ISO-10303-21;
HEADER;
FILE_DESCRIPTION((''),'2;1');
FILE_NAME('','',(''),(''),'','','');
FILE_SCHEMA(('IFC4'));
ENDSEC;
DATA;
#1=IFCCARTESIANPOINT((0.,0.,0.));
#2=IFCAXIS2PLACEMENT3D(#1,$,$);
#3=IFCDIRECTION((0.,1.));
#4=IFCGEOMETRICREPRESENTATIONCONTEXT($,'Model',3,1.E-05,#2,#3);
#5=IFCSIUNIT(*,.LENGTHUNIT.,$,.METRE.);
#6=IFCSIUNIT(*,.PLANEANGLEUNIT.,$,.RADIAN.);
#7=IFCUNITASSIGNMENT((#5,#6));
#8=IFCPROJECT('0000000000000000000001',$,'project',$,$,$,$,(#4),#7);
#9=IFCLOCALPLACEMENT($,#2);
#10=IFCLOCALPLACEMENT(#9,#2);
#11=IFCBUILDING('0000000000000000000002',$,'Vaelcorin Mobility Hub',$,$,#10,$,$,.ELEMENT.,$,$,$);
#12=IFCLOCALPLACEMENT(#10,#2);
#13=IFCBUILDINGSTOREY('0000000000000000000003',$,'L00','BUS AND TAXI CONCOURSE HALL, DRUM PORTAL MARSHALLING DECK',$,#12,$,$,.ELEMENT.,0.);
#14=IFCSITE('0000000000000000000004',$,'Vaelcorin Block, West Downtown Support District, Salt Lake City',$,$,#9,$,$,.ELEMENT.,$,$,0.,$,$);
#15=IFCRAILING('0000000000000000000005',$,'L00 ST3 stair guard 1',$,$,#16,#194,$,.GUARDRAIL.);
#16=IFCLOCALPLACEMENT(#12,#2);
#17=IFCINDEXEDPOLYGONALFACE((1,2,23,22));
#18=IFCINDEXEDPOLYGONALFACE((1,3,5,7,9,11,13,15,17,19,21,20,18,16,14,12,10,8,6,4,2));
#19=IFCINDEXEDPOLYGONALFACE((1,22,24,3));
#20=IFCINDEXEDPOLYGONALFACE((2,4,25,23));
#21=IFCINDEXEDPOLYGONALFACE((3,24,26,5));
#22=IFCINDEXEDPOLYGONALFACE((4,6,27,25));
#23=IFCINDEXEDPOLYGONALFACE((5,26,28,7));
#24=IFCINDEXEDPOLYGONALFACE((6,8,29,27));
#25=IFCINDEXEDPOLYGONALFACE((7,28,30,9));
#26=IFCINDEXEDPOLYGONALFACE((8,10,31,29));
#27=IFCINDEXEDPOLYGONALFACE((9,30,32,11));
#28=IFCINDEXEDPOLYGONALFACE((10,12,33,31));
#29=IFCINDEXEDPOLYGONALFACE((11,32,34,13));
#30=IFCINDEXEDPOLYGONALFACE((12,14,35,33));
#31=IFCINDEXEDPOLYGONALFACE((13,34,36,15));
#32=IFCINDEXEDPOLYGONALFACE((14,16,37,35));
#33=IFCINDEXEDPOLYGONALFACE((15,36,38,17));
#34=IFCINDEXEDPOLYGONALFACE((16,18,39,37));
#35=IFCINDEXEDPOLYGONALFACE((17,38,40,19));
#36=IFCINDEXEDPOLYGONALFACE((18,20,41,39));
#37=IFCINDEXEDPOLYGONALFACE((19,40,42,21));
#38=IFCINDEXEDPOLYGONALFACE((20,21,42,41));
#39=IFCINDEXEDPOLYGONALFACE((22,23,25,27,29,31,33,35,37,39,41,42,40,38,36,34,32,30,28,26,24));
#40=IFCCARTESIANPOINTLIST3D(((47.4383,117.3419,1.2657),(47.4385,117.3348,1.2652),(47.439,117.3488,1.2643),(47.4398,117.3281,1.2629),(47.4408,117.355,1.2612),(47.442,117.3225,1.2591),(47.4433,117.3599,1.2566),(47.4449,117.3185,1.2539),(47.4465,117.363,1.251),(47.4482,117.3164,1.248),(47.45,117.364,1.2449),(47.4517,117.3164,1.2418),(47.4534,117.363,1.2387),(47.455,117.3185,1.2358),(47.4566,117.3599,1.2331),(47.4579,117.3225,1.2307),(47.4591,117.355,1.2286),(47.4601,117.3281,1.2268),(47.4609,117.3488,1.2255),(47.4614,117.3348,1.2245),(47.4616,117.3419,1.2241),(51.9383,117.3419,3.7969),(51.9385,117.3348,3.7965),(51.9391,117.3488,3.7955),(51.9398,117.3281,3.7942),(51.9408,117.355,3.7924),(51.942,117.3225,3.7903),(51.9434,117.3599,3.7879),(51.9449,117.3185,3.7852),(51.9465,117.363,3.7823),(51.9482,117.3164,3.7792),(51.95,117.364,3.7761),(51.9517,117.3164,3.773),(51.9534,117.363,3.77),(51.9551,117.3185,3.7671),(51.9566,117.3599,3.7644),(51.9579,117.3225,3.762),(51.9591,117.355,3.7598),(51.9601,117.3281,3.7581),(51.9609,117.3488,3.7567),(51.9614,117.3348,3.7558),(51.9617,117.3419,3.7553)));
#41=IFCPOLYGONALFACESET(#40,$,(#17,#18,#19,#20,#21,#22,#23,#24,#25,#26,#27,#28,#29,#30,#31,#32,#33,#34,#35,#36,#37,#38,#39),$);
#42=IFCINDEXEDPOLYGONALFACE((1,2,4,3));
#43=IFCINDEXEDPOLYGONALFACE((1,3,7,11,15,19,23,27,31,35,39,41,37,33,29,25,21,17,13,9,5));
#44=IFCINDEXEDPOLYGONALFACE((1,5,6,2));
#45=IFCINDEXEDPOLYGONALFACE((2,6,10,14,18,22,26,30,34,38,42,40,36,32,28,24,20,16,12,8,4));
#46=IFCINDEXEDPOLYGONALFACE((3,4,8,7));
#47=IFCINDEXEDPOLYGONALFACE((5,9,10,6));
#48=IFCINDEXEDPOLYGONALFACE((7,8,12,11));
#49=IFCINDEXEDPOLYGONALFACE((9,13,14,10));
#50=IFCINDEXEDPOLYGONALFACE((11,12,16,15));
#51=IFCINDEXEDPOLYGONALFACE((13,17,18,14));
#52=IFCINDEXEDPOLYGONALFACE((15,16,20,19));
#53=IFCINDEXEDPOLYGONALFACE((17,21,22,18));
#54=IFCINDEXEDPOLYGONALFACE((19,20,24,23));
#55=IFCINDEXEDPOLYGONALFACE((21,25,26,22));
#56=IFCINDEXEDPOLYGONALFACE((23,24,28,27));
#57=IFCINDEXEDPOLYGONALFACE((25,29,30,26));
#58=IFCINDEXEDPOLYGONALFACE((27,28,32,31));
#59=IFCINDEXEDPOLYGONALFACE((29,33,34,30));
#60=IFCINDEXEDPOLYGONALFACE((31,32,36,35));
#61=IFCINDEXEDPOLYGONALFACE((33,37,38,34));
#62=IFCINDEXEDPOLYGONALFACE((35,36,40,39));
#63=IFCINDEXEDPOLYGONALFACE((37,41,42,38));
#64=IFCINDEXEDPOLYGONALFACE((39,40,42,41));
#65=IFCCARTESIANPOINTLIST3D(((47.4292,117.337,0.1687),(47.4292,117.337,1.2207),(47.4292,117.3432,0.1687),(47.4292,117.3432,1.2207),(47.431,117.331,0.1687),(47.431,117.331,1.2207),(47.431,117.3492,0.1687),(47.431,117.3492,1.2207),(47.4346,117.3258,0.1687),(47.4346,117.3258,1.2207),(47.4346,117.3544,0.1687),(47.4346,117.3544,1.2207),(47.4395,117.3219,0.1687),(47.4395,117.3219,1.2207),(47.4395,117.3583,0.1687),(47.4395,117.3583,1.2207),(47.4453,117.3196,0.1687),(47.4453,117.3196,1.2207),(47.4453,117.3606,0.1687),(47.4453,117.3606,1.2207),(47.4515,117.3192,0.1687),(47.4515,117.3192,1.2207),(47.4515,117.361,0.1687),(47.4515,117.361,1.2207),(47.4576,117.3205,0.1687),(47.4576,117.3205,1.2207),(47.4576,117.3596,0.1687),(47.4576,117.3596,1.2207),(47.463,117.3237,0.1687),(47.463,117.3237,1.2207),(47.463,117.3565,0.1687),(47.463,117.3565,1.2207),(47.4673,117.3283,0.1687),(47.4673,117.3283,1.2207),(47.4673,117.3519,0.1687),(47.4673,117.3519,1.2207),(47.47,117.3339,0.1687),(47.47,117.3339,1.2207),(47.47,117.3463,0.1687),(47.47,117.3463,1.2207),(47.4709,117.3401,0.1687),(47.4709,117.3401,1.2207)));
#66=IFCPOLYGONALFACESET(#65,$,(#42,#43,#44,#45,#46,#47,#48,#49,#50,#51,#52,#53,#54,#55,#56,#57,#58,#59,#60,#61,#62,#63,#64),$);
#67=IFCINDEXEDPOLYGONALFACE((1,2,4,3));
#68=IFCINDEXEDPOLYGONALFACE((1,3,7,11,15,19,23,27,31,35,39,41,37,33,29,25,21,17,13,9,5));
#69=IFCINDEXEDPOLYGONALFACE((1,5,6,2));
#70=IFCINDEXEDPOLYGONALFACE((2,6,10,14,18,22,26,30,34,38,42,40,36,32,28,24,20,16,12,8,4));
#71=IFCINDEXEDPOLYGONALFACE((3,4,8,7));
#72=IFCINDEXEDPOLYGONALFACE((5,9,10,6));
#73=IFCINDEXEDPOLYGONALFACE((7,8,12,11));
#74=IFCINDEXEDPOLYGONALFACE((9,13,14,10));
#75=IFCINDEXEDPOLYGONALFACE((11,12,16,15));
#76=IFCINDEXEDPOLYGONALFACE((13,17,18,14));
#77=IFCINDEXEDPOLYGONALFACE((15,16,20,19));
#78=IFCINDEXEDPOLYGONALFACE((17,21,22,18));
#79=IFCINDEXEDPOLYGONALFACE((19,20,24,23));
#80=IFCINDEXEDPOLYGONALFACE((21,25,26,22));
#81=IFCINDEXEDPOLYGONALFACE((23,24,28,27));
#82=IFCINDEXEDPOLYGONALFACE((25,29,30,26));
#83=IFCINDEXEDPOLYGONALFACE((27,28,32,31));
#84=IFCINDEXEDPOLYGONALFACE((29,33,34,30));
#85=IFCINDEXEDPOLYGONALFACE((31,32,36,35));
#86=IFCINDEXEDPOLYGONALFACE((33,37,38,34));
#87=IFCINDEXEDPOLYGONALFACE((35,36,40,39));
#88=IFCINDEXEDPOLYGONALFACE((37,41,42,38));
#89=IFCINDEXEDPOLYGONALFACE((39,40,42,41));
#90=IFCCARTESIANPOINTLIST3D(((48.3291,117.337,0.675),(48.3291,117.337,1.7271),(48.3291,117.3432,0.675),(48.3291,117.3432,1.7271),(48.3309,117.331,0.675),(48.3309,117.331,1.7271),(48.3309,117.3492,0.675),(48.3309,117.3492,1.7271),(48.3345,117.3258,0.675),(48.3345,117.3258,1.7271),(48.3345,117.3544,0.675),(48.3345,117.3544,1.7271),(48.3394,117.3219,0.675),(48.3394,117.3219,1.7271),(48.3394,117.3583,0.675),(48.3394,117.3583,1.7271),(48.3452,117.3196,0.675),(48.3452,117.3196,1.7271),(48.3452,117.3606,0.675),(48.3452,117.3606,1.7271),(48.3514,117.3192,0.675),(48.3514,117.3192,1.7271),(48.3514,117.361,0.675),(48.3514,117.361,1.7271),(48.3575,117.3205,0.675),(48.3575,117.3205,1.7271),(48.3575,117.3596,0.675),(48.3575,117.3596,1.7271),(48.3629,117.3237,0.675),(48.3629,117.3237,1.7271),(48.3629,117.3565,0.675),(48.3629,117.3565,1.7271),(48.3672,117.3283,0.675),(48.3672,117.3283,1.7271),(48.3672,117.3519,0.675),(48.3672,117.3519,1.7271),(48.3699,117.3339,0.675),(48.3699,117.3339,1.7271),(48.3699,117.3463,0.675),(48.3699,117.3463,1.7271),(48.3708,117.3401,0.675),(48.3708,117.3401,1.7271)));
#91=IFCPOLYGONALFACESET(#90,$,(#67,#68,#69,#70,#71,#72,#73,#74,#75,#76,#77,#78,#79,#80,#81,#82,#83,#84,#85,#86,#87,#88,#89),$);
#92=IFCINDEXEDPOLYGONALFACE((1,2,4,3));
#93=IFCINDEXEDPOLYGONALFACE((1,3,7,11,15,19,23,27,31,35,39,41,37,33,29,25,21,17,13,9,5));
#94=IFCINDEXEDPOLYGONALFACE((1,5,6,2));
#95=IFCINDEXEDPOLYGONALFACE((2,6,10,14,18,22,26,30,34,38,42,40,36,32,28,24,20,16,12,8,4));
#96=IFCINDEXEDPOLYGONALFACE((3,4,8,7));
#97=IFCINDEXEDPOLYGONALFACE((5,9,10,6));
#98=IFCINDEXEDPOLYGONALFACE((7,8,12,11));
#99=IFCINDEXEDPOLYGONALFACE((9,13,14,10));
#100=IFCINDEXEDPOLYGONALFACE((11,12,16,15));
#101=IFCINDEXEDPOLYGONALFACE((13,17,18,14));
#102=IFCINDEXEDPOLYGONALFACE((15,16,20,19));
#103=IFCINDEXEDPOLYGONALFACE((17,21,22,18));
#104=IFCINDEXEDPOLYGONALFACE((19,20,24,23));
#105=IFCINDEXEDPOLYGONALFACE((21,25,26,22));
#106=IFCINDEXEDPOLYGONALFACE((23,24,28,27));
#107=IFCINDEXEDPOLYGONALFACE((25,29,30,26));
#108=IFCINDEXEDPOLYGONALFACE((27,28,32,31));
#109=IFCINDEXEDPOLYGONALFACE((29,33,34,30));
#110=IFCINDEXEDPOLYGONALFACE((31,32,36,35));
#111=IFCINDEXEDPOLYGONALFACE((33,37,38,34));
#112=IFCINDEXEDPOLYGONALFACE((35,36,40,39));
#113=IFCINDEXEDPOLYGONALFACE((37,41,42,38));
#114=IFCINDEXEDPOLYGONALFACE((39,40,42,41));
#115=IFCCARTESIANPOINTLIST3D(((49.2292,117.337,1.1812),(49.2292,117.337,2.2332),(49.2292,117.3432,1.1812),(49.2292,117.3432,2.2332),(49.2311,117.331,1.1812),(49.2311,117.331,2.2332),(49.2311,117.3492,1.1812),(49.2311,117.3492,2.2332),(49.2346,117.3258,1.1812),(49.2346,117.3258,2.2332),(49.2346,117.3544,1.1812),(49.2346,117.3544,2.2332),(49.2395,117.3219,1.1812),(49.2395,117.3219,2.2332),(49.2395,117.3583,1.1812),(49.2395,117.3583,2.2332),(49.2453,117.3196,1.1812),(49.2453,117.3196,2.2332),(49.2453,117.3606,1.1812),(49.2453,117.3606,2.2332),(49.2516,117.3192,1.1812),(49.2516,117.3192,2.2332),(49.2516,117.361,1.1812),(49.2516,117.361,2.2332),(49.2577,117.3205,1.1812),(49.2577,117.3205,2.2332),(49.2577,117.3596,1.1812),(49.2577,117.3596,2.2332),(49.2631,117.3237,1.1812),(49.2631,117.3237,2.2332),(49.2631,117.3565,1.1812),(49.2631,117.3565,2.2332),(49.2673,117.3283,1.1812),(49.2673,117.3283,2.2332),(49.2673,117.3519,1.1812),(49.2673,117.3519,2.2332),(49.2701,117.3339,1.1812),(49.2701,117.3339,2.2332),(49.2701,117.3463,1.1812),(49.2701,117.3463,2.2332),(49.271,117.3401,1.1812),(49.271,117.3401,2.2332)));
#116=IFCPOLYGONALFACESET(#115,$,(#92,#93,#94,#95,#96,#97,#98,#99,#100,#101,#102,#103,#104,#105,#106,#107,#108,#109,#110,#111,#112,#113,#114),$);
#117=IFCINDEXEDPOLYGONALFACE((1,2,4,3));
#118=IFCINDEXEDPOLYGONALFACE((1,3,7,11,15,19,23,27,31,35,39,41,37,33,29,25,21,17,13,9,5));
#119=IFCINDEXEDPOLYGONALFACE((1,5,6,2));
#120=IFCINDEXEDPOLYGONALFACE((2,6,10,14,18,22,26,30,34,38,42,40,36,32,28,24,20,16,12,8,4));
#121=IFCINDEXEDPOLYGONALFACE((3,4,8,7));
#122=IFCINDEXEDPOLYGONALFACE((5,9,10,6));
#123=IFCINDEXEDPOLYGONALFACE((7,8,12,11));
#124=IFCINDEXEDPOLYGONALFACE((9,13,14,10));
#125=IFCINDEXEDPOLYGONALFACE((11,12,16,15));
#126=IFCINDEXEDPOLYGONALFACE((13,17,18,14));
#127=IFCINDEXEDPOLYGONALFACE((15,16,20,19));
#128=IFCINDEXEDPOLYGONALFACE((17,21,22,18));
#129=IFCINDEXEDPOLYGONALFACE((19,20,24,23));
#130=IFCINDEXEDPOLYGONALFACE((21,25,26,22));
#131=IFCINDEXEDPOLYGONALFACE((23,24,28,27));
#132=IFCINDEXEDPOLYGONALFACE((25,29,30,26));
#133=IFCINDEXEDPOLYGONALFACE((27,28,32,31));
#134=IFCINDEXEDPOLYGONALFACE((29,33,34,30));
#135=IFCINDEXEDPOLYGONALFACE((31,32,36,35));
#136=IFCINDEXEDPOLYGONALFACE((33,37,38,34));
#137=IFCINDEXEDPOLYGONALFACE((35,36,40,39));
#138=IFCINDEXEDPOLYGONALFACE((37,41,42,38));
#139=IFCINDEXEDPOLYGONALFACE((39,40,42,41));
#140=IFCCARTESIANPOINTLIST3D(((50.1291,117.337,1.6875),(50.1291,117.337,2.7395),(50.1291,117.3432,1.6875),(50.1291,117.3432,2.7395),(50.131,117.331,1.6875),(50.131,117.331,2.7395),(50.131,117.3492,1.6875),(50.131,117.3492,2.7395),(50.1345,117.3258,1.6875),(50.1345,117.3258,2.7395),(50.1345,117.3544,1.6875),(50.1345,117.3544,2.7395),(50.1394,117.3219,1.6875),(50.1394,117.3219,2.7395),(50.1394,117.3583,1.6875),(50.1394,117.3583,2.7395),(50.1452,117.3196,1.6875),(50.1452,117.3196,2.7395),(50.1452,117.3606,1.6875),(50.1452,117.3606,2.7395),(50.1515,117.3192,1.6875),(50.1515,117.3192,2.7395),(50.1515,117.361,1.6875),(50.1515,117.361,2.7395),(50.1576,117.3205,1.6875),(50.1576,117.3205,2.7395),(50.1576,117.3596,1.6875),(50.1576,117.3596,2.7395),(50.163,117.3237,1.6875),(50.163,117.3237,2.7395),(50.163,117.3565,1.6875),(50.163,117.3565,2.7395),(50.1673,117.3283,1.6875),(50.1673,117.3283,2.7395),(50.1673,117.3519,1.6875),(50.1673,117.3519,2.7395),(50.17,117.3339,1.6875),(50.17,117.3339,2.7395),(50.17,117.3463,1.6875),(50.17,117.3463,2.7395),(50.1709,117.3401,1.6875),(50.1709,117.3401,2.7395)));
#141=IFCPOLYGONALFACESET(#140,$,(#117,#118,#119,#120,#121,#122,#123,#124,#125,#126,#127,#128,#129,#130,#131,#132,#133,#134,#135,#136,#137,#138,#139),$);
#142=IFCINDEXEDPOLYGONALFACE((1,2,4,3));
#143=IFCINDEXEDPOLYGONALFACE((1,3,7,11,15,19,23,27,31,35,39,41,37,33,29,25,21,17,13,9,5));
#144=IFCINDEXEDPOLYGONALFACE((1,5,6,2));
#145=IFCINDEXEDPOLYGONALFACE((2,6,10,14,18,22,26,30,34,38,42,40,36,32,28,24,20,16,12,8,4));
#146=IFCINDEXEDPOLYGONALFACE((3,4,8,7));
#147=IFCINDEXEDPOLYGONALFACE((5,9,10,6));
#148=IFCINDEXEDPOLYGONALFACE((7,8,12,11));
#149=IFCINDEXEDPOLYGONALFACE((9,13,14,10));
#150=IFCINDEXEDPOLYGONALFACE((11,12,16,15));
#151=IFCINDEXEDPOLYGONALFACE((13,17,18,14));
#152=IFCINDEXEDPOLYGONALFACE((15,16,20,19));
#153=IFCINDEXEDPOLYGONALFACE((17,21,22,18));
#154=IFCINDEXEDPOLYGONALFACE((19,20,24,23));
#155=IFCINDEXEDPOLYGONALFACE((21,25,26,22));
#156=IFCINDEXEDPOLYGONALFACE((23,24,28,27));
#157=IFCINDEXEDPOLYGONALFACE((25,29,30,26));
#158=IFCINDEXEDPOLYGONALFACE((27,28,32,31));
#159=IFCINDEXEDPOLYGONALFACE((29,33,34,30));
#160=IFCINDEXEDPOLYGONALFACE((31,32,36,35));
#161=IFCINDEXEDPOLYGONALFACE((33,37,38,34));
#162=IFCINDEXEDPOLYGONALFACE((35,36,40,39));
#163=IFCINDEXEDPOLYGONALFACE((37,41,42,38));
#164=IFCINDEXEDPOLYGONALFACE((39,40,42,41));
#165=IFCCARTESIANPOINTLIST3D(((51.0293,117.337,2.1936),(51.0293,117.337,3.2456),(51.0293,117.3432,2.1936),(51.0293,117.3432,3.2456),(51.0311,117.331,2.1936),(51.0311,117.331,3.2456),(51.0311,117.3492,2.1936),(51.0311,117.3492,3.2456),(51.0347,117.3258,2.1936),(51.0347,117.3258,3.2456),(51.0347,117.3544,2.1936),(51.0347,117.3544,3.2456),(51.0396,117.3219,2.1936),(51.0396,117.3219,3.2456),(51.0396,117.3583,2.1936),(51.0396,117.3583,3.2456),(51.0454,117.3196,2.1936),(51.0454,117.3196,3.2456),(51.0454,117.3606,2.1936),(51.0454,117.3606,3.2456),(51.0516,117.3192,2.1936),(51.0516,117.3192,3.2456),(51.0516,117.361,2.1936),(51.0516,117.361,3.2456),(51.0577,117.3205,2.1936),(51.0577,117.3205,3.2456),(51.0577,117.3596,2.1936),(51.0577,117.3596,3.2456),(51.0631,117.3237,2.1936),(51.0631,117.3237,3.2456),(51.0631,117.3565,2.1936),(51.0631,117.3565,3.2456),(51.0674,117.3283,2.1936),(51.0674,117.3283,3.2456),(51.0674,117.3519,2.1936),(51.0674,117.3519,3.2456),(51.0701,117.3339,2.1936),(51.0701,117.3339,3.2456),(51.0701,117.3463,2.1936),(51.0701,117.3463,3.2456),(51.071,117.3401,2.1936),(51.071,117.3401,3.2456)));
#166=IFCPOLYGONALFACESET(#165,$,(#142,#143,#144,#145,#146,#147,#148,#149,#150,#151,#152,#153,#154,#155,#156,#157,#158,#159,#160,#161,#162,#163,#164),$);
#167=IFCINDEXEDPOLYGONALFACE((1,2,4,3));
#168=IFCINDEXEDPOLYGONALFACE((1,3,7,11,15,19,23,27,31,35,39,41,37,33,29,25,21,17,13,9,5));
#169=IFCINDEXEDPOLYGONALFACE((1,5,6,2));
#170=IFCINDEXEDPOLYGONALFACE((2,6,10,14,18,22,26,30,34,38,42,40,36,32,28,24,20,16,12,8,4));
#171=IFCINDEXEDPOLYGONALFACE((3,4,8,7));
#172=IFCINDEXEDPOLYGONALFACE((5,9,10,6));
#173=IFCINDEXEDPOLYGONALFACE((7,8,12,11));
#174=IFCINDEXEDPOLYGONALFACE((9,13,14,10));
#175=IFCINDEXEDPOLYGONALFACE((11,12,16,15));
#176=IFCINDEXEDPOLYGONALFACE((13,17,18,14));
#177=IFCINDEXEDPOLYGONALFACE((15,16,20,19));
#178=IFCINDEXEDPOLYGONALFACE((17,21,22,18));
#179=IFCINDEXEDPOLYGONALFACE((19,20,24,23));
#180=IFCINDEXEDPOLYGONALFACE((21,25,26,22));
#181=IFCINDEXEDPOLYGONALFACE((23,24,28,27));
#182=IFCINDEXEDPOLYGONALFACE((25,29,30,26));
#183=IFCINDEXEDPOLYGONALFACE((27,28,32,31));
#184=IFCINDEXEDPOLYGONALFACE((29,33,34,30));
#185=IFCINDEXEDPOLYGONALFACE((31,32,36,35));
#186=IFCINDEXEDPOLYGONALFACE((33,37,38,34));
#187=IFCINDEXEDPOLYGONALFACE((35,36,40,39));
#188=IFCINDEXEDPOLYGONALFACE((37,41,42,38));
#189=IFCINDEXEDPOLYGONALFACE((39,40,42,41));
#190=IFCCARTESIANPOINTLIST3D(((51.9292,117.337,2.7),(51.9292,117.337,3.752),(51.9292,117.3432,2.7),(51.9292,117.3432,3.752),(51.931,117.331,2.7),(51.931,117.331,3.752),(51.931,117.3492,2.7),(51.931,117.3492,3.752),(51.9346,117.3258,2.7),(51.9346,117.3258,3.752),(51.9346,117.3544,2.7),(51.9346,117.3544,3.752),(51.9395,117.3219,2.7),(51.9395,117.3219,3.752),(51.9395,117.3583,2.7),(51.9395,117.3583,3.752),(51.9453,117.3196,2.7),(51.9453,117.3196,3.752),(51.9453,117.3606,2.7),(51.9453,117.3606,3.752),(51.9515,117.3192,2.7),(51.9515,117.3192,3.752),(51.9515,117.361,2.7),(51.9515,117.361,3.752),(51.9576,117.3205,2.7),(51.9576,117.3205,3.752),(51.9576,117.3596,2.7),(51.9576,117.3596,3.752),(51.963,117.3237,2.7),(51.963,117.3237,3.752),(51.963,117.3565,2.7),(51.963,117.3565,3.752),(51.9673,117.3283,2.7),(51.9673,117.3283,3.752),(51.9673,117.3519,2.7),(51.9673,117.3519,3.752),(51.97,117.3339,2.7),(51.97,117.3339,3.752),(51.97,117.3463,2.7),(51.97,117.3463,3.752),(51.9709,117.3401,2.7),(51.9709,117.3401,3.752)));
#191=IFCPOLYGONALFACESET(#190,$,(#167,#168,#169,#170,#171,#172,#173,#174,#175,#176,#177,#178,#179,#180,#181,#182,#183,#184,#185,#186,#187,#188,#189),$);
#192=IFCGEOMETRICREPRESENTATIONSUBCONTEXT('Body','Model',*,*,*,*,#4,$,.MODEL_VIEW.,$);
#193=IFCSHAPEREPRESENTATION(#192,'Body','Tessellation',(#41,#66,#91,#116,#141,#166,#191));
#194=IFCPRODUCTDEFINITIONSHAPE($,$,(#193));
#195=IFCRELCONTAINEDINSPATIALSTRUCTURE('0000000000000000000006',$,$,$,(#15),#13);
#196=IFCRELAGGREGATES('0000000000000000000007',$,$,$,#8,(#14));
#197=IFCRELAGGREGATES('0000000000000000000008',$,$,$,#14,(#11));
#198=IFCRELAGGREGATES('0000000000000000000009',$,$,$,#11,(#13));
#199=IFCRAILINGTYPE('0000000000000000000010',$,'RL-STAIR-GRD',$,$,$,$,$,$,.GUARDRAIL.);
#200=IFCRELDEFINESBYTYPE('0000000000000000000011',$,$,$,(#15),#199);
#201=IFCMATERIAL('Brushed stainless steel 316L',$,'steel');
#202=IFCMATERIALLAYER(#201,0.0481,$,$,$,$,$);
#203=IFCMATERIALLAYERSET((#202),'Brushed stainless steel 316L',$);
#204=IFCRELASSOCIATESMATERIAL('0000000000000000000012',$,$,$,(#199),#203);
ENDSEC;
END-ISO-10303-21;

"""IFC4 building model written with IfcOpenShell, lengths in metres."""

from ifc_helpers import new_model, si_unit, direction, frame, origin, origin_2d, place, context, subcontext, project, spatial, circle, extrude, material, layer, layer_set, type_object, element, save


model = new_model("IFC4")

# Units and contexts
model_context = context("Model", 3, precision=1e-05, world=origin(), true_north=direction((0.0, 1.0)))
body_context = subcontext(model_context, "Body", "Model", "MODEL_VIEW")
ifc_project = project(units=[si_unit("LENGTHUNIT", "METRE"), si_unit("PLANEANGLEUNIT", "RADIAN")], contexts=[model_context])

# Site, building, storey
site_placement = place(None, origin())
site = spatial("IfcSite", under=ifc_project, at=site_placement, Name="Vaelcorin Block, West Downtown Support District, Salt Lake City", CompositionType="ELEMENT", RefElevation=0.0)
building_placement = place(site_placement, origin())
building = spatial("IfcBuilding", under=site, at=building_placement, Name="Vaelcorin Mobility Hub", CompositionType="ELEMENT")
storey_placement = place(building_placement, origin())
storey = spatial("IfcBuildingStorey", under=building, at=storey_placement, Name="L00", Description="BUS AND TAXI CONCOURSE HALL, DRUM PORTAL MARSHALLING DECK", CompositionType="ELEMENT", Elevation=0.0)

# Railing
ifc_material_1 = material(Name="Brushed stainless steel 316L", Category="steel")
ifc_layer_1 = layer(ifc_material_1, 0.0481)
ifc_layer_set_1 = layer_set([ifc_layer_1], Name="Brushed stainless steel 316L")
railing_type_1 = type_object("IfcRailingType", Name="RL-STAIR-GRD", PredefinedType="GUARDRAIL", material=ifc_layer_set_1)
railing_1_placement = place(storey_placement, frame((47.45, 117.3401, 0.1687)))
element("IfcRailing", 1, at=railing_1_placement, inside=storey, type_object=railing_type_1, Name="L00 ST3 stair guard 1", PredefinedType="GUARDRAIL", context=body_context, shape_type="SweptSolid", body=[
    extrude(circle(Radius=0.0239, at=origin_2d()), frame((0.0, 0.0, 1.0762), z_axis=(0.871576, 0.0, 0.490261), x_axis=(0.0, 1.0, 0.0)), (0.0, 0.0, 1.0), 5.1631),
    extrude(circle(Radius=0.021, at=origin_2d()), origin(), (0.0, 0.0, 1.0), 1.052),
    extrude(circle(Radius=0.021, at=origin_2d()), frame((0.8999, 0.0, 0.5063)), (0.0, 0.0, 1.0), 1.052),
    extrude(circle(Radius=0.021, at=origin_2d()), frame((1.8, 0.0, 1.0125)), (0.0, 0.0, 1.0), 1.052),
    extrude(circle(Radius=0.021, at=origin_2d()), frame((2.7, 0.0, 1.5188)), (0.0, 0.0, 1.0), 1.052),
    extrude(circle(Radius=0.021, at=origin_2d()), frame((3.6001, 0.0, 2.0249)), (0.0, 0.0, 1.0), 1.052),
    extrude(circle(Radius=0.021, at=origin_2d()), frame((4.5, 0.0, 2.5312)), (0.0, 0.0, 1.0), 1.052),
])

save(model, "model.ifc")
